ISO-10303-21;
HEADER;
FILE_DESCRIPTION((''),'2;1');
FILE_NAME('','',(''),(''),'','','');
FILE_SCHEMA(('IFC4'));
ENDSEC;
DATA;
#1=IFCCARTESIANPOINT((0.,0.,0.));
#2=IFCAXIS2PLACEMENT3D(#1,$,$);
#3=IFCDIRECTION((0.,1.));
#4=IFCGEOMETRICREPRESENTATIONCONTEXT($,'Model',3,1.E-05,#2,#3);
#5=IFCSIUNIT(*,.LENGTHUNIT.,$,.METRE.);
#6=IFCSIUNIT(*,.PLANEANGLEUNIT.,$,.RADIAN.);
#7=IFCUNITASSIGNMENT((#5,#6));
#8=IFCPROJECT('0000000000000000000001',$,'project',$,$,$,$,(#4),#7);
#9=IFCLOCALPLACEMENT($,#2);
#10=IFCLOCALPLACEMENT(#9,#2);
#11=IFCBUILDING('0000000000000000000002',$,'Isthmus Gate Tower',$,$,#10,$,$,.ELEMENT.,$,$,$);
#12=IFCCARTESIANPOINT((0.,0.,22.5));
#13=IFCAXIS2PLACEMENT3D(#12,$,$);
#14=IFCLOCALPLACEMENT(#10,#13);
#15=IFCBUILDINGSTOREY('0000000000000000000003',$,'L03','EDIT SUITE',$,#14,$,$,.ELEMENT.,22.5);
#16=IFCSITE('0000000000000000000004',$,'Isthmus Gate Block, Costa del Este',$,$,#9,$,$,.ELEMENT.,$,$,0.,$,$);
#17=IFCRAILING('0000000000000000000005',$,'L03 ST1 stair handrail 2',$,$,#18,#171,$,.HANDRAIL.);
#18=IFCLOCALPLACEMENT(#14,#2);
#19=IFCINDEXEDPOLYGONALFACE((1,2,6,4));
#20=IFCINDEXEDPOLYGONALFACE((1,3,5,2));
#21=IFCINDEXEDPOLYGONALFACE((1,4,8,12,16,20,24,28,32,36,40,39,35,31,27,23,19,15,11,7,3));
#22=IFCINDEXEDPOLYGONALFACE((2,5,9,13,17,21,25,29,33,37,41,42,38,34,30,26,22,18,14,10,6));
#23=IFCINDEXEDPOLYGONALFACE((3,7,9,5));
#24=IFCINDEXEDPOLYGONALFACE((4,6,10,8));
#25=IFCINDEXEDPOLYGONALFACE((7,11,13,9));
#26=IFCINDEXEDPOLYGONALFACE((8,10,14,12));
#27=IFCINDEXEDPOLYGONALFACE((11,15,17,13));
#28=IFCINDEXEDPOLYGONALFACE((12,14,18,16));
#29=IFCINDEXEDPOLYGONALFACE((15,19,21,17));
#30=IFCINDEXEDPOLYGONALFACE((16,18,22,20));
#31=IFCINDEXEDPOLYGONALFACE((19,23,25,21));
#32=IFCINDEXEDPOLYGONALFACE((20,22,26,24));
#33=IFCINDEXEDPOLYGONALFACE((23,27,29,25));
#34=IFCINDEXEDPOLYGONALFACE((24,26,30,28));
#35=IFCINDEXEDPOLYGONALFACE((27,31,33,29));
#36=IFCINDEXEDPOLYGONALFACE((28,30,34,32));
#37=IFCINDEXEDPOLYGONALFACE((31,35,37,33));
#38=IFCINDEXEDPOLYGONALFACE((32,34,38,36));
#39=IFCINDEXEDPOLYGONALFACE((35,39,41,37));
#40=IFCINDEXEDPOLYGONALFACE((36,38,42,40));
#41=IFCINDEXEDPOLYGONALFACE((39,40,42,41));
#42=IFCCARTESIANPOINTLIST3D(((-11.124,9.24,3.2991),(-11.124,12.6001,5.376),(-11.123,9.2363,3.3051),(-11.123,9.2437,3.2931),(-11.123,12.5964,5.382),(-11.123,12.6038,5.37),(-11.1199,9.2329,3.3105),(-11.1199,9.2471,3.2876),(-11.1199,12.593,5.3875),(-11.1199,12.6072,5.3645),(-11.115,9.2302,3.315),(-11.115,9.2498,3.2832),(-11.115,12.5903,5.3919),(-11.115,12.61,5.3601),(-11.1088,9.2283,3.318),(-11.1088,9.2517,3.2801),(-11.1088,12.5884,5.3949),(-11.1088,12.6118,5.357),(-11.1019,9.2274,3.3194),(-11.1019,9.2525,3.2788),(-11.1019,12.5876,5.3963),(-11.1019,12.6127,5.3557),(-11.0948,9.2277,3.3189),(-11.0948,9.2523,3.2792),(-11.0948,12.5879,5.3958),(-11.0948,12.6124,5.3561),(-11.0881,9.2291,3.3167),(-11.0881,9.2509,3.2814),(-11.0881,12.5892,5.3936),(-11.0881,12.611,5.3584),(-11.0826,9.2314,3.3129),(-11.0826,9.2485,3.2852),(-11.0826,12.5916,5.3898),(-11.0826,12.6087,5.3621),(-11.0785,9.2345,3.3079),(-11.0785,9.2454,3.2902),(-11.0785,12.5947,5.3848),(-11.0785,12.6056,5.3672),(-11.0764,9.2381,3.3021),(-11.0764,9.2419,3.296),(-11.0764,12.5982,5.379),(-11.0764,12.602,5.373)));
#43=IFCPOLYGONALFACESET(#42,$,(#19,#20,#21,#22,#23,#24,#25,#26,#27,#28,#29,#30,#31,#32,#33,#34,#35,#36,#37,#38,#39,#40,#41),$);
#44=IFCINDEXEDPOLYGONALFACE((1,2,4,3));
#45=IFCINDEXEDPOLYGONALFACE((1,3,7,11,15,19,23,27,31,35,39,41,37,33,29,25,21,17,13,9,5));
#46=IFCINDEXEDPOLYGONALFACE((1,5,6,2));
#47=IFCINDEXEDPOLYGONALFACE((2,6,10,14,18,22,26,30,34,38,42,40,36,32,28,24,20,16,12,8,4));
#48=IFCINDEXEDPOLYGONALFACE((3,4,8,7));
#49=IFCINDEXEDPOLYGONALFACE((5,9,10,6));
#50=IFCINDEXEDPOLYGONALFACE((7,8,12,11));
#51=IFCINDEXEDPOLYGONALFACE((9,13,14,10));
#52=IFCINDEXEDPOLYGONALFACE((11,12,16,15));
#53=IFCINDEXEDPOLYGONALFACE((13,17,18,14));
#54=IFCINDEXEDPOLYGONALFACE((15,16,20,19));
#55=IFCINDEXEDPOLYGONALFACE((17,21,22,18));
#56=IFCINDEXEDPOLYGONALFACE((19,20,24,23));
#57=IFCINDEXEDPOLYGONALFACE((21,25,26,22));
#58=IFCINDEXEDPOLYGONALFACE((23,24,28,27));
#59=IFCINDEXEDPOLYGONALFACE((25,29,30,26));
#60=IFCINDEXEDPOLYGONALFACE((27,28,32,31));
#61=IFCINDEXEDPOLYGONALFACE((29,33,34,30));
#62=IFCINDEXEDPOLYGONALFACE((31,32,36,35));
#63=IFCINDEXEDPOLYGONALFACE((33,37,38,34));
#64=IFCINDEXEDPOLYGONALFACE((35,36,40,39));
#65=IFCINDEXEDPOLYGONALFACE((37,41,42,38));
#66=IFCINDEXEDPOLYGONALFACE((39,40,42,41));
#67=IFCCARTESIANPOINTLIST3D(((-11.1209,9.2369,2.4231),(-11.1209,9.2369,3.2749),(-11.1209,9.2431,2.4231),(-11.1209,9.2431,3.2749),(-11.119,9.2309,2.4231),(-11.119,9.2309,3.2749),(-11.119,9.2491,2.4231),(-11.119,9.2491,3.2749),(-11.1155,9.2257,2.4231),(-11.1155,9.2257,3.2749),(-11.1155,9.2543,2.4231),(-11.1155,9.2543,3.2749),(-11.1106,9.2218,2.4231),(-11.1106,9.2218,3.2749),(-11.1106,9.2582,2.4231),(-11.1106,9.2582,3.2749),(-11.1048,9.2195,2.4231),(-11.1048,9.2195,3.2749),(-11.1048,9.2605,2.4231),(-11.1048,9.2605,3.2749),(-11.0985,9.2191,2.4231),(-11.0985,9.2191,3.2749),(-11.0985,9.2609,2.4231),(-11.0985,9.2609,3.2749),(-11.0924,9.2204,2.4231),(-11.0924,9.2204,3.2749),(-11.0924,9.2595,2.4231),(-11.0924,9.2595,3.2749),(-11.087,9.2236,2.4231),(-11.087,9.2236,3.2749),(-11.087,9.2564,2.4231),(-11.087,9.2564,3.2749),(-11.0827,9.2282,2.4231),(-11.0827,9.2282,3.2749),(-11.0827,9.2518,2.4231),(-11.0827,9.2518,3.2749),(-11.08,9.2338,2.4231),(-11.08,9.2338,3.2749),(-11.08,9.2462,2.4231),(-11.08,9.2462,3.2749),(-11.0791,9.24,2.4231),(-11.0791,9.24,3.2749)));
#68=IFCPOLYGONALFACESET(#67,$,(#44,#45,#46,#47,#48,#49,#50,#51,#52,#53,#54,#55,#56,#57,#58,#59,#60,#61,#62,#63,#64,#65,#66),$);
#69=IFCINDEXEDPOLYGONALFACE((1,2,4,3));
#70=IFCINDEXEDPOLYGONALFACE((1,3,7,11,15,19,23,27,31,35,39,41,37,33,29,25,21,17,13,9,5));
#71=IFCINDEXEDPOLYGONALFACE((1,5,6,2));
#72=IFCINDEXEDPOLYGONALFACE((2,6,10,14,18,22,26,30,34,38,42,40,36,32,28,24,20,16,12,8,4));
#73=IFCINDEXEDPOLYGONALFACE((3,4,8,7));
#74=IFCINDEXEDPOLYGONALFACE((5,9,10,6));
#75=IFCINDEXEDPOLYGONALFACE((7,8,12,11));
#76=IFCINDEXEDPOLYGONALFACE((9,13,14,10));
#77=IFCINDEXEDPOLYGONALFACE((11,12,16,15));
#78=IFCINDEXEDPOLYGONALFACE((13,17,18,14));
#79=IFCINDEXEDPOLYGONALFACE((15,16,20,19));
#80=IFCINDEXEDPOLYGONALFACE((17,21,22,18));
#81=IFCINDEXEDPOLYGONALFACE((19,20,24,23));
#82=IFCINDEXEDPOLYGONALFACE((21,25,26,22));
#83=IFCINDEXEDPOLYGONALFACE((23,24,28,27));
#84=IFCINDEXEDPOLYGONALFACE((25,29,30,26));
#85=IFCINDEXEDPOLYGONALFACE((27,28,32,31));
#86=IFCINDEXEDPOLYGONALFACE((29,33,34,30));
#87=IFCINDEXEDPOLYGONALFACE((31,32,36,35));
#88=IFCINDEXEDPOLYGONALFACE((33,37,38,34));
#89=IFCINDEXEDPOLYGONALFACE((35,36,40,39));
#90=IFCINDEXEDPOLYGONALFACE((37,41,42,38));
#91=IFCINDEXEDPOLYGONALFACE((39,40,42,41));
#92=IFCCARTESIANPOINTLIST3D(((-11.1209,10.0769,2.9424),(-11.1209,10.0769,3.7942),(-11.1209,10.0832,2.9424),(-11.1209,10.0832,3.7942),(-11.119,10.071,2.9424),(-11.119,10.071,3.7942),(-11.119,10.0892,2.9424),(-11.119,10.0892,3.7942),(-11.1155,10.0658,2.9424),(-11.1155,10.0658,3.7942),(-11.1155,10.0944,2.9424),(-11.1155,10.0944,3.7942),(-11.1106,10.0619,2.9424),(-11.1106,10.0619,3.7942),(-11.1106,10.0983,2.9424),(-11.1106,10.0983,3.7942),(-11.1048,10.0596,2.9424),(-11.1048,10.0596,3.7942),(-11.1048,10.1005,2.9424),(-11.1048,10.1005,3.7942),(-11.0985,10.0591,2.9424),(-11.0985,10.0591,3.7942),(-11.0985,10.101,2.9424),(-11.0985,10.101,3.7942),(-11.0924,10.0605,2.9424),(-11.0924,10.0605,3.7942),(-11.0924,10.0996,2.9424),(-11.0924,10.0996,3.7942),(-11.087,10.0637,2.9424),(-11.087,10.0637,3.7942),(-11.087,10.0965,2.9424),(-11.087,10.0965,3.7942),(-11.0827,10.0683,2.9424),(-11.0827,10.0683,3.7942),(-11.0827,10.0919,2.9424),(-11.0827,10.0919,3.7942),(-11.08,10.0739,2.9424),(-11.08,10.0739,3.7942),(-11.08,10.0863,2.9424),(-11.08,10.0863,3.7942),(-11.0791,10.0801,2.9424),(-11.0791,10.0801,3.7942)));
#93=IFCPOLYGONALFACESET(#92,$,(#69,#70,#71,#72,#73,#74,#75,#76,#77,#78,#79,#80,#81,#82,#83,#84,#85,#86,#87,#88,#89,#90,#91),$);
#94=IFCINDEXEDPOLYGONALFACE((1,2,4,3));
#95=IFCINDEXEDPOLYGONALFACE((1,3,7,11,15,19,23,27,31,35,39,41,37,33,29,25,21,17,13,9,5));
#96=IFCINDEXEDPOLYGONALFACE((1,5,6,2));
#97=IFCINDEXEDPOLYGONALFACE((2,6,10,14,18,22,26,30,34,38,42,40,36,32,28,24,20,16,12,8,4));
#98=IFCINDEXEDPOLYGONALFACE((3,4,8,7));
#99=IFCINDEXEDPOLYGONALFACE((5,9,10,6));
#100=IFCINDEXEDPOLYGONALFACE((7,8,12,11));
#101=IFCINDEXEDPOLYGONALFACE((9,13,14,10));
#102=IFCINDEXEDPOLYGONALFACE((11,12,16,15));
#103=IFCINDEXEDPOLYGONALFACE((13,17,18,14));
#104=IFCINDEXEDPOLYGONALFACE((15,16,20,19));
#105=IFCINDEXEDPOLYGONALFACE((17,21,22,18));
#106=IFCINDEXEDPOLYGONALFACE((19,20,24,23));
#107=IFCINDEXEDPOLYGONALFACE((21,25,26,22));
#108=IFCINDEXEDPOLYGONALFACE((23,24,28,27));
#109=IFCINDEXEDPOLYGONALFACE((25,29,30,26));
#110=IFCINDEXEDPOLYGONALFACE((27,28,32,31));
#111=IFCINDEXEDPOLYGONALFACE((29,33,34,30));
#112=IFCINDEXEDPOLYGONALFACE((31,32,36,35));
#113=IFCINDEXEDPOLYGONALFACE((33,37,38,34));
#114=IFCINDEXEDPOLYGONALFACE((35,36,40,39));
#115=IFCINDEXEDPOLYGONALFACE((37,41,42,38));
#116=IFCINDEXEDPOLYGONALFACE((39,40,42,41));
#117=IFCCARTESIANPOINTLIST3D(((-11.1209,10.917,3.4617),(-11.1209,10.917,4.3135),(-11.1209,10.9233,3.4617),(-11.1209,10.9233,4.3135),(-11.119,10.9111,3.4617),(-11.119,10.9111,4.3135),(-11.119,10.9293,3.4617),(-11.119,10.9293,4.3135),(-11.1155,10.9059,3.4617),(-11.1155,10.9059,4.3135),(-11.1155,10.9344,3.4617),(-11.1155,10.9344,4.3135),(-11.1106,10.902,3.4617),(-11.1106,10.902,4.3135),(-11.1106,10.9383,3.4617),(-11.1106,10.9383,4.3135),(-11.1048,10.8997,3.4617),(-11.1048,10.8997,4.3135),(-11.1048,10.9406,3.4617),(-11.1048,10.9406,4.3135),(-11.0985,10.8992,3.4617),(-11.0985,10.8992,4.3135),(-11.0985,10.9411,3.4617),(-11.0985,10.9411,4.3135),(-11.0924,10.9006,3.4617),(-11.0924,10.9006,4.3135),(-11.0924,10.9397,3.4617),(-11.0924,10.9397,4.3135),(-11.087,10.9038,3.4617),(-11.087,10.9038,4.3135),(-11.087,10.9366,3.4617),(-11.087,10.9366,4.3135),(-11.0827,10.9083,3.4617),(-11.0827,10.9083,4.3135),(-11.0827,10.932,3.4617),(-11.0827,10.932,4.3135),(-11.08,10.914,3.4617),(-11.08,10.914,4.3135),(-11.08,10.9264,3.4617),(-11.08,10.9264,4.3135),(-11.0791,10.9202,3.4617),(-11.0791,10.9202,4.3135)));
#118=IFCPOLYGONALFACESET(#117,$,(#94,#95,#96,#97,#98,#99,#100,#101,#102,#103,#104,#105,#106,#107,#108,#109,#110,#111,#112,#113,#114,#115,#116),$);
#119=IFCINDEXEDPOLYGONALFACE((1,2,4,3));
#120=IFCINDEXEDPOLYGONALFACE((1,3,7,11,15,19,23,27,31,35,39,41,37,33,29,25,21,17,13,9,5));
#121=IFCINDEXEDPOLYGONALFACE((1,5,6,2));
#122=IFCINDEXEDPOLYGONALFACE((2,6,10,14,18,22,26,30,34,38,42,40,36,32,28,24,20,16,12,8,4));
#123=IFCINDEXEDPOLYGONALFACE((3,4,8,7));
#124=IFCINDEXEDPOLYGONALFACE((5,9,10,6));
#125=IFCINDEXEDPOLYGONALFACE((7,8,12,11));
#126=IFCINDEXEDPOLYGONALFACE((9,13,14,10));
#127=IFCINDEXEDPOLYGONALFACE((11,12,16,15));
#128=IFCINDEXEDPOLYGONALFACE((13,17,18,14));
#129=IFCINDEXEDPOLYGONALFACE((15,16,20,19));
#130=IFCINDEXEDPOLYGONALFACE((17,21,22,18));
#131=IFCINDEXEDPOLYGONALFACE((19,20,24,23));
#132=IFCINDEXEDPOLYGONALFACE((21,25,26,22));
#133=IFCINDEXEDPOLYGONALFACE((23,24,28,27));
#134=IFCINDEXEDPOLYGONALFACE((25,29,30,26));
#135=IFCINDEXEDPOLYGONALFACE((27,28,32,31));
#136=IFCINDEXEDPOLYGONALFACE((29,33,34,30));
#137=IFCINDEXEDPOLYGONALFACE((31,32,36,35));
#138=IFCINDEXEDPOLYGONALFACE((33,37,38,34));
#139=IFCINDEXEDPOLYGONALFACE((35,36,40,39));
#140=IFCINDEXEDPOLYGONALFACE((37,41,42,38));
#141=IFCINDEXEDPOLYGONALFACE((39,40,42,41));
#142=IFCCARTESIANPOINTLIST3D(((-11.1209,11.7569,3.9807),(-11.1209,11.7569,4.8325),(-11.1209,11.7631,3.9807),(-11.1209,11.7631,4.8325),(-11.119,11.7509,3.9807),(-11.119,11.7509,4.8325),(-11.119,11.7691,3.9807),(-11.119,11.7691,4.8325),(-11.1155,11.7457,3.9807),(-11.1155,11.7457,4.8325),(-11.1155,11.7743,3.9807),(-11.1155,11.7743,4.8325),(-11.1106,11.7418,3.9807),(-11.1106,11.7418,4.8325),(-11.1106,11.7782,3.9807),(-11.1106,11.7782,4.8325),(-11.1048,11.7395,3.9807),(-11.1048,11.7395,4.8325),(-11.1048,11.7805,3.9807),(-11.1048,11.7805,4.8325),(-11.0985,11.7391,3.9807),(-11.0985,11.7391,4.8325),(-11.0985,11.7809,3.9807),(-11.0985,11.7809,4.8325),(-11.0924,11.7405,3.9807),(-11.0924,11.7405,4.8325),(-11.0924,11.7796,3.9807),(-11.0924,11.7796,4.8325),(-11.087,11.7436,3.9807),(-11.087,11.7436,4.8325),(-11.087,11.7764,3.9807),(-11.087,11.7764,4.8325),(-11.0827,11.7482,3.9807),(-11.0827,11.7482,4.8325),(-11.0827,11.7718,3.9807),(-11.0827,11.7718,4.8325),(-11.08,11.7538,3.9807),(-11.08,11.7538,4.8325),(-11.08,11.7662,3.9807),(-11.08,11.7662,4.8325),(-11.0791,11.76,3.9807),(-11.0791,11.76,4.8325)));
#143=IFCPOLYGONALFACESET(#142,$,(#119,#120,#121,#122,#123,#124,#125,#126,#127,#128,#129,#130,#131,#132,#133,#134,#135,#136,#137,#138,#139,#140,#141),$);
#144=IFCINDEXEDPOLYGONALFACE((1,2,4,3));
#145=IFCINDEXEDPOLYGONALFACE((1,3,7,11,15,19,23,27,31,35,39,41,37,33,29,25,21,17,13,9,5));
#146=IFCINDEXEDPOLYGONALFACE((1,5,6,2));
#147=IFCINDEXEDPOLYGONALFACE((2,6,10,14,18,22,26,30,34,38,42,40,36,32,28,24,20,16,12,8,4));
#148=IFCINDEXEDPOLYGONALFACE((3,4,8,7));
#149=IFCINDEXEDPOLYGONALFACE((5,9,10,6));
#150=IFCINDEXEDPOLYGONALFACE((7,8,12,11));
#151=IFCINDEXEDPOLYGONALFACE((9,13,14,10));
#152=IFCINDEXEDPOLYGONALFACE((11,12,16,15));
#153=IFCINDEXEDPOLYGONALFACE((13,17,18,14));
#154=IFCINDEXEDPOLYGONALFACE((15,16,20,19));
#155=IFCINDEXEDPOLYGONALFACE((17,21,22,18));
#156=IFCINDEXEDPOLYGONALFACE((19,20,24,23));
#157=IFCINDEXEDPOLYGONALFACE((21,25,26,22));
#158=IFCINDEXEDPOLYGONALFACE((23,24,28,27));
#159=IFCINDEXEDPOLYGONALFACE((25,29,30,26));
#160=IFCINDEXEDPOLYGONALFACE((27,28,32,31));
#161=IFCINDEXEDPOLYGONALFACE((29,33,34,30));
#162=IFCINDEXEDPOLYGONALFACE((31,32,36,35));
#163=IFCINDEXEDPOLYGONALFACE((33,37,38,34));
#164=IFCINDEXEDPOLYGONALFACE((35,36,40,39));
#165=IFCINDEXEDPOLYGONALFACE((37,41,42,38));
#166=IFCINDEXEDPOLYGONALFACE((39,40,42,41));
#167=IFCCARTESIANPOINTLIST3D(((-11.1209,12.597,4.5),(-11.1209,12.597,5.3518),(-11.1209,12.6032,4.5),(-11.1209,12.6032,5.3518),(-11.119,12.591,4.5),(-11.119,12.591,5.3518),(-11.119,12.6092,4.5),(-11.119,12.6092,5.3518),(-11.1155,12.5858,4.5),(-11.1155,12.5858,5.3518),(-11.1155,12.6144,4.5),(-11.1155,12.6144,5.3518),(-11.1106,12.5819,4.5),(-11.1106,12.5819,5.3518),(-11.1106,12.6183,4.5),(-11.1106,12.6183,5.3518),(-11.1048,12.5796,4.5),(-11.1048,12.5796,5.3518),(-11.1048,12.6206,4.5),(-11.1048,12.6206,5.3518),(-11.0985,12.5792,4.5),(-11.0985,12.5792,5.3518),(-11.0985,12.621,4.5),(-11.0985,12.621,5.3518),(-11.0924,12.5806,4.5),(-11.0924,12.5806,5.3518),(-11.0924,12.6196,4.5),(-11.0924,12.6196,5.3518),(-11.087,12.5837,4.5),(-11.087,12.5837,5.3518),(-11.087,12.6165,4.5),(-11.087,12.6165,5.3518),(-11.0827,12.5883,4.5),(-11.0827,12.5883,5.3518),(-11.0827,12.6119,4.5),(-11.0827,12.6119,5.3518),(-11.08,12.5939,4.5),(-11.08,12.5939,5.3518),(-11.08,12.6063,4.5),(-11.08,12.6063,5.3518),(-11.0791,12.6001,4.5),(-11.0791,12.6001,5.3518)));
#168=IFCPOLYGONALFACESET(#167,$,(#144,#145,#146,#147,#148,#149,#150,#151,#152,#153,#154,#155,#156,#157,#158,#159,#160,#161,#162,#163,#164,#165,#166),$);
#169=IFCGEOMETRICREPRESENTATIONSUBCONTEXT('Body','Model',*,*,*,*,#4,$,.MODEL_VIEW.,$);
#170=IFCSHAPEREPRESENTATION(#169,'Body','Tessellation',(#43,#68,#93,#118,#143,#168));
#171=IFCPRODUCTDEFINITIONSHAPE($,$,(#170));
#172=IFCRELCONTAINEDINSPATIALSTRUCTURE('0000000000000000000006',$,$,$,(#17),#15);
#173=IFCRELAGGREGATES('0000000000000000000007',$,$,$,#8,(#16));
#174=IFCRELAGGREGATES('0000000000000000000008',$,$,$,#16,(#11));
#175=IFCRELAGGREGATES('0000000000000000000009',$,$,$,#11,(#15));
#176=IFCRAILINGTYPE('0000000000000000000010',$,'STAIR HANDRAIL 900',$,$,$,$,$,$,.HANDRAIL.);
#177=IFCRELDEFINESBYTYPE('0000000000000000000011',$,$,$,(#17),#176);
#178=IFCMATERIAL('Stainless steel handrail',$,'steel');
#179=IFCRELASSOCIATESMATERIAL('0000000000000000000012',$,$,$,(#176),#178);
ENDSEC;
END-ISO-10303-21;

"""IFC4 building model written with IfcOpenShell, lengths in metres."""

from ifc_helpers import new_model, si_unit, direction, frame, origin, origin_2d, place, context, subcontext, project, spatial, circle, extrude, material, type_object, element, save


model = new_model("IFC4")

# Units and contexts
model_context = context("Model", 3, precision=1e-05, world=origin(), true_north=direction((0.0, 1.0)))
body_context = subcontext(model_context, "Body", "Model", "MODEL_VIEW")
ifc_project = project(units=[si_unit("LENGTHUNIT", "METRE"), si_unit("PLANEANGLEUNIT", "RADIAN")], contexts=[model_context])

# Site, building, storey
site_placement = place(None, origin())
site = spatial("IfcSite", under=ifc_project, at=site_placement, Name="Isthmus Gate Block, Costa del Este", CompositionType="ELEMENT", RefElevation=0.0)
building_placement = place(site_placement, origin())
building = spatial("IfcBuilding", under=site, at=building_placement, Name="Isthmus Gate Tower", CompositionType="ELEMENT")
storey_placement = place(building_placement, frame((0.0, 0.0, 22.5)))
storey = spatial("IfcBuildingStorey", under=building, at=storey_placement, Name="L03", Description="EDIT SUITE", CompositionType="ELEMENT", Elevation=22.5)

# Railing
ifc_material_1 = material(Name="Stainless steel handrail", Category="steel")
railing_type_1 = type_object("IfcRailingType", Name="STAIR HANDRAIL 900", PredefinedType="HANDRAIL", material=ifc_material_1)
railing_1_placement = place(storey_placement, frame((-11.1001, 9.24, 2.4231)))
element("IfcRailing", 1, at=railing_1_placement, inside=storey, type_object=railing_type_1, Name="L03 ST1 stair handrail 2", PredefinedType="HANDRAIL", context=body_context, shape_type="SweptSolid", body=[
    extrude(circle(Radius=0.0239, at=origin_2d()), frame((0.0, 0.0, 0.876), z_axis=(0.0, 0.850623, 0.525776), x_axis=(-1.0, 0.0, 0.0)), (0.0, 0.0, 1.0), 3.9502),
    extrude(circle(Radius=0.021, at=origin_2d()), origin(), (0.0, 0.0, 1.0), 0.8518),
    extrude(circle(Radius=0.021, at=origin_2d()), frame((0.0, 0.8401, 0.5193)), (0.0, 0.0, 1.0), 0.8518),
    extrude(circle(Radius=0.021, at=origin_2d()), frame((0.0, 1.6802, 1.0386)), (0.0, 0.0, 1.0), 0.8518),
    extrude(circle(Radius=0.021, at=origin_2d()), frame((0.0, 2.52, 1.5576)), (0.0, 0.0, 1.0), 0.8518),
    extrude(circle(Radius=0.021, at=origin_2d()), frame((0.0, 3.3601, 2.0769)), (0.0, 0.0, 1.0), 0.8518),
])

save(model, "model.ifc")
